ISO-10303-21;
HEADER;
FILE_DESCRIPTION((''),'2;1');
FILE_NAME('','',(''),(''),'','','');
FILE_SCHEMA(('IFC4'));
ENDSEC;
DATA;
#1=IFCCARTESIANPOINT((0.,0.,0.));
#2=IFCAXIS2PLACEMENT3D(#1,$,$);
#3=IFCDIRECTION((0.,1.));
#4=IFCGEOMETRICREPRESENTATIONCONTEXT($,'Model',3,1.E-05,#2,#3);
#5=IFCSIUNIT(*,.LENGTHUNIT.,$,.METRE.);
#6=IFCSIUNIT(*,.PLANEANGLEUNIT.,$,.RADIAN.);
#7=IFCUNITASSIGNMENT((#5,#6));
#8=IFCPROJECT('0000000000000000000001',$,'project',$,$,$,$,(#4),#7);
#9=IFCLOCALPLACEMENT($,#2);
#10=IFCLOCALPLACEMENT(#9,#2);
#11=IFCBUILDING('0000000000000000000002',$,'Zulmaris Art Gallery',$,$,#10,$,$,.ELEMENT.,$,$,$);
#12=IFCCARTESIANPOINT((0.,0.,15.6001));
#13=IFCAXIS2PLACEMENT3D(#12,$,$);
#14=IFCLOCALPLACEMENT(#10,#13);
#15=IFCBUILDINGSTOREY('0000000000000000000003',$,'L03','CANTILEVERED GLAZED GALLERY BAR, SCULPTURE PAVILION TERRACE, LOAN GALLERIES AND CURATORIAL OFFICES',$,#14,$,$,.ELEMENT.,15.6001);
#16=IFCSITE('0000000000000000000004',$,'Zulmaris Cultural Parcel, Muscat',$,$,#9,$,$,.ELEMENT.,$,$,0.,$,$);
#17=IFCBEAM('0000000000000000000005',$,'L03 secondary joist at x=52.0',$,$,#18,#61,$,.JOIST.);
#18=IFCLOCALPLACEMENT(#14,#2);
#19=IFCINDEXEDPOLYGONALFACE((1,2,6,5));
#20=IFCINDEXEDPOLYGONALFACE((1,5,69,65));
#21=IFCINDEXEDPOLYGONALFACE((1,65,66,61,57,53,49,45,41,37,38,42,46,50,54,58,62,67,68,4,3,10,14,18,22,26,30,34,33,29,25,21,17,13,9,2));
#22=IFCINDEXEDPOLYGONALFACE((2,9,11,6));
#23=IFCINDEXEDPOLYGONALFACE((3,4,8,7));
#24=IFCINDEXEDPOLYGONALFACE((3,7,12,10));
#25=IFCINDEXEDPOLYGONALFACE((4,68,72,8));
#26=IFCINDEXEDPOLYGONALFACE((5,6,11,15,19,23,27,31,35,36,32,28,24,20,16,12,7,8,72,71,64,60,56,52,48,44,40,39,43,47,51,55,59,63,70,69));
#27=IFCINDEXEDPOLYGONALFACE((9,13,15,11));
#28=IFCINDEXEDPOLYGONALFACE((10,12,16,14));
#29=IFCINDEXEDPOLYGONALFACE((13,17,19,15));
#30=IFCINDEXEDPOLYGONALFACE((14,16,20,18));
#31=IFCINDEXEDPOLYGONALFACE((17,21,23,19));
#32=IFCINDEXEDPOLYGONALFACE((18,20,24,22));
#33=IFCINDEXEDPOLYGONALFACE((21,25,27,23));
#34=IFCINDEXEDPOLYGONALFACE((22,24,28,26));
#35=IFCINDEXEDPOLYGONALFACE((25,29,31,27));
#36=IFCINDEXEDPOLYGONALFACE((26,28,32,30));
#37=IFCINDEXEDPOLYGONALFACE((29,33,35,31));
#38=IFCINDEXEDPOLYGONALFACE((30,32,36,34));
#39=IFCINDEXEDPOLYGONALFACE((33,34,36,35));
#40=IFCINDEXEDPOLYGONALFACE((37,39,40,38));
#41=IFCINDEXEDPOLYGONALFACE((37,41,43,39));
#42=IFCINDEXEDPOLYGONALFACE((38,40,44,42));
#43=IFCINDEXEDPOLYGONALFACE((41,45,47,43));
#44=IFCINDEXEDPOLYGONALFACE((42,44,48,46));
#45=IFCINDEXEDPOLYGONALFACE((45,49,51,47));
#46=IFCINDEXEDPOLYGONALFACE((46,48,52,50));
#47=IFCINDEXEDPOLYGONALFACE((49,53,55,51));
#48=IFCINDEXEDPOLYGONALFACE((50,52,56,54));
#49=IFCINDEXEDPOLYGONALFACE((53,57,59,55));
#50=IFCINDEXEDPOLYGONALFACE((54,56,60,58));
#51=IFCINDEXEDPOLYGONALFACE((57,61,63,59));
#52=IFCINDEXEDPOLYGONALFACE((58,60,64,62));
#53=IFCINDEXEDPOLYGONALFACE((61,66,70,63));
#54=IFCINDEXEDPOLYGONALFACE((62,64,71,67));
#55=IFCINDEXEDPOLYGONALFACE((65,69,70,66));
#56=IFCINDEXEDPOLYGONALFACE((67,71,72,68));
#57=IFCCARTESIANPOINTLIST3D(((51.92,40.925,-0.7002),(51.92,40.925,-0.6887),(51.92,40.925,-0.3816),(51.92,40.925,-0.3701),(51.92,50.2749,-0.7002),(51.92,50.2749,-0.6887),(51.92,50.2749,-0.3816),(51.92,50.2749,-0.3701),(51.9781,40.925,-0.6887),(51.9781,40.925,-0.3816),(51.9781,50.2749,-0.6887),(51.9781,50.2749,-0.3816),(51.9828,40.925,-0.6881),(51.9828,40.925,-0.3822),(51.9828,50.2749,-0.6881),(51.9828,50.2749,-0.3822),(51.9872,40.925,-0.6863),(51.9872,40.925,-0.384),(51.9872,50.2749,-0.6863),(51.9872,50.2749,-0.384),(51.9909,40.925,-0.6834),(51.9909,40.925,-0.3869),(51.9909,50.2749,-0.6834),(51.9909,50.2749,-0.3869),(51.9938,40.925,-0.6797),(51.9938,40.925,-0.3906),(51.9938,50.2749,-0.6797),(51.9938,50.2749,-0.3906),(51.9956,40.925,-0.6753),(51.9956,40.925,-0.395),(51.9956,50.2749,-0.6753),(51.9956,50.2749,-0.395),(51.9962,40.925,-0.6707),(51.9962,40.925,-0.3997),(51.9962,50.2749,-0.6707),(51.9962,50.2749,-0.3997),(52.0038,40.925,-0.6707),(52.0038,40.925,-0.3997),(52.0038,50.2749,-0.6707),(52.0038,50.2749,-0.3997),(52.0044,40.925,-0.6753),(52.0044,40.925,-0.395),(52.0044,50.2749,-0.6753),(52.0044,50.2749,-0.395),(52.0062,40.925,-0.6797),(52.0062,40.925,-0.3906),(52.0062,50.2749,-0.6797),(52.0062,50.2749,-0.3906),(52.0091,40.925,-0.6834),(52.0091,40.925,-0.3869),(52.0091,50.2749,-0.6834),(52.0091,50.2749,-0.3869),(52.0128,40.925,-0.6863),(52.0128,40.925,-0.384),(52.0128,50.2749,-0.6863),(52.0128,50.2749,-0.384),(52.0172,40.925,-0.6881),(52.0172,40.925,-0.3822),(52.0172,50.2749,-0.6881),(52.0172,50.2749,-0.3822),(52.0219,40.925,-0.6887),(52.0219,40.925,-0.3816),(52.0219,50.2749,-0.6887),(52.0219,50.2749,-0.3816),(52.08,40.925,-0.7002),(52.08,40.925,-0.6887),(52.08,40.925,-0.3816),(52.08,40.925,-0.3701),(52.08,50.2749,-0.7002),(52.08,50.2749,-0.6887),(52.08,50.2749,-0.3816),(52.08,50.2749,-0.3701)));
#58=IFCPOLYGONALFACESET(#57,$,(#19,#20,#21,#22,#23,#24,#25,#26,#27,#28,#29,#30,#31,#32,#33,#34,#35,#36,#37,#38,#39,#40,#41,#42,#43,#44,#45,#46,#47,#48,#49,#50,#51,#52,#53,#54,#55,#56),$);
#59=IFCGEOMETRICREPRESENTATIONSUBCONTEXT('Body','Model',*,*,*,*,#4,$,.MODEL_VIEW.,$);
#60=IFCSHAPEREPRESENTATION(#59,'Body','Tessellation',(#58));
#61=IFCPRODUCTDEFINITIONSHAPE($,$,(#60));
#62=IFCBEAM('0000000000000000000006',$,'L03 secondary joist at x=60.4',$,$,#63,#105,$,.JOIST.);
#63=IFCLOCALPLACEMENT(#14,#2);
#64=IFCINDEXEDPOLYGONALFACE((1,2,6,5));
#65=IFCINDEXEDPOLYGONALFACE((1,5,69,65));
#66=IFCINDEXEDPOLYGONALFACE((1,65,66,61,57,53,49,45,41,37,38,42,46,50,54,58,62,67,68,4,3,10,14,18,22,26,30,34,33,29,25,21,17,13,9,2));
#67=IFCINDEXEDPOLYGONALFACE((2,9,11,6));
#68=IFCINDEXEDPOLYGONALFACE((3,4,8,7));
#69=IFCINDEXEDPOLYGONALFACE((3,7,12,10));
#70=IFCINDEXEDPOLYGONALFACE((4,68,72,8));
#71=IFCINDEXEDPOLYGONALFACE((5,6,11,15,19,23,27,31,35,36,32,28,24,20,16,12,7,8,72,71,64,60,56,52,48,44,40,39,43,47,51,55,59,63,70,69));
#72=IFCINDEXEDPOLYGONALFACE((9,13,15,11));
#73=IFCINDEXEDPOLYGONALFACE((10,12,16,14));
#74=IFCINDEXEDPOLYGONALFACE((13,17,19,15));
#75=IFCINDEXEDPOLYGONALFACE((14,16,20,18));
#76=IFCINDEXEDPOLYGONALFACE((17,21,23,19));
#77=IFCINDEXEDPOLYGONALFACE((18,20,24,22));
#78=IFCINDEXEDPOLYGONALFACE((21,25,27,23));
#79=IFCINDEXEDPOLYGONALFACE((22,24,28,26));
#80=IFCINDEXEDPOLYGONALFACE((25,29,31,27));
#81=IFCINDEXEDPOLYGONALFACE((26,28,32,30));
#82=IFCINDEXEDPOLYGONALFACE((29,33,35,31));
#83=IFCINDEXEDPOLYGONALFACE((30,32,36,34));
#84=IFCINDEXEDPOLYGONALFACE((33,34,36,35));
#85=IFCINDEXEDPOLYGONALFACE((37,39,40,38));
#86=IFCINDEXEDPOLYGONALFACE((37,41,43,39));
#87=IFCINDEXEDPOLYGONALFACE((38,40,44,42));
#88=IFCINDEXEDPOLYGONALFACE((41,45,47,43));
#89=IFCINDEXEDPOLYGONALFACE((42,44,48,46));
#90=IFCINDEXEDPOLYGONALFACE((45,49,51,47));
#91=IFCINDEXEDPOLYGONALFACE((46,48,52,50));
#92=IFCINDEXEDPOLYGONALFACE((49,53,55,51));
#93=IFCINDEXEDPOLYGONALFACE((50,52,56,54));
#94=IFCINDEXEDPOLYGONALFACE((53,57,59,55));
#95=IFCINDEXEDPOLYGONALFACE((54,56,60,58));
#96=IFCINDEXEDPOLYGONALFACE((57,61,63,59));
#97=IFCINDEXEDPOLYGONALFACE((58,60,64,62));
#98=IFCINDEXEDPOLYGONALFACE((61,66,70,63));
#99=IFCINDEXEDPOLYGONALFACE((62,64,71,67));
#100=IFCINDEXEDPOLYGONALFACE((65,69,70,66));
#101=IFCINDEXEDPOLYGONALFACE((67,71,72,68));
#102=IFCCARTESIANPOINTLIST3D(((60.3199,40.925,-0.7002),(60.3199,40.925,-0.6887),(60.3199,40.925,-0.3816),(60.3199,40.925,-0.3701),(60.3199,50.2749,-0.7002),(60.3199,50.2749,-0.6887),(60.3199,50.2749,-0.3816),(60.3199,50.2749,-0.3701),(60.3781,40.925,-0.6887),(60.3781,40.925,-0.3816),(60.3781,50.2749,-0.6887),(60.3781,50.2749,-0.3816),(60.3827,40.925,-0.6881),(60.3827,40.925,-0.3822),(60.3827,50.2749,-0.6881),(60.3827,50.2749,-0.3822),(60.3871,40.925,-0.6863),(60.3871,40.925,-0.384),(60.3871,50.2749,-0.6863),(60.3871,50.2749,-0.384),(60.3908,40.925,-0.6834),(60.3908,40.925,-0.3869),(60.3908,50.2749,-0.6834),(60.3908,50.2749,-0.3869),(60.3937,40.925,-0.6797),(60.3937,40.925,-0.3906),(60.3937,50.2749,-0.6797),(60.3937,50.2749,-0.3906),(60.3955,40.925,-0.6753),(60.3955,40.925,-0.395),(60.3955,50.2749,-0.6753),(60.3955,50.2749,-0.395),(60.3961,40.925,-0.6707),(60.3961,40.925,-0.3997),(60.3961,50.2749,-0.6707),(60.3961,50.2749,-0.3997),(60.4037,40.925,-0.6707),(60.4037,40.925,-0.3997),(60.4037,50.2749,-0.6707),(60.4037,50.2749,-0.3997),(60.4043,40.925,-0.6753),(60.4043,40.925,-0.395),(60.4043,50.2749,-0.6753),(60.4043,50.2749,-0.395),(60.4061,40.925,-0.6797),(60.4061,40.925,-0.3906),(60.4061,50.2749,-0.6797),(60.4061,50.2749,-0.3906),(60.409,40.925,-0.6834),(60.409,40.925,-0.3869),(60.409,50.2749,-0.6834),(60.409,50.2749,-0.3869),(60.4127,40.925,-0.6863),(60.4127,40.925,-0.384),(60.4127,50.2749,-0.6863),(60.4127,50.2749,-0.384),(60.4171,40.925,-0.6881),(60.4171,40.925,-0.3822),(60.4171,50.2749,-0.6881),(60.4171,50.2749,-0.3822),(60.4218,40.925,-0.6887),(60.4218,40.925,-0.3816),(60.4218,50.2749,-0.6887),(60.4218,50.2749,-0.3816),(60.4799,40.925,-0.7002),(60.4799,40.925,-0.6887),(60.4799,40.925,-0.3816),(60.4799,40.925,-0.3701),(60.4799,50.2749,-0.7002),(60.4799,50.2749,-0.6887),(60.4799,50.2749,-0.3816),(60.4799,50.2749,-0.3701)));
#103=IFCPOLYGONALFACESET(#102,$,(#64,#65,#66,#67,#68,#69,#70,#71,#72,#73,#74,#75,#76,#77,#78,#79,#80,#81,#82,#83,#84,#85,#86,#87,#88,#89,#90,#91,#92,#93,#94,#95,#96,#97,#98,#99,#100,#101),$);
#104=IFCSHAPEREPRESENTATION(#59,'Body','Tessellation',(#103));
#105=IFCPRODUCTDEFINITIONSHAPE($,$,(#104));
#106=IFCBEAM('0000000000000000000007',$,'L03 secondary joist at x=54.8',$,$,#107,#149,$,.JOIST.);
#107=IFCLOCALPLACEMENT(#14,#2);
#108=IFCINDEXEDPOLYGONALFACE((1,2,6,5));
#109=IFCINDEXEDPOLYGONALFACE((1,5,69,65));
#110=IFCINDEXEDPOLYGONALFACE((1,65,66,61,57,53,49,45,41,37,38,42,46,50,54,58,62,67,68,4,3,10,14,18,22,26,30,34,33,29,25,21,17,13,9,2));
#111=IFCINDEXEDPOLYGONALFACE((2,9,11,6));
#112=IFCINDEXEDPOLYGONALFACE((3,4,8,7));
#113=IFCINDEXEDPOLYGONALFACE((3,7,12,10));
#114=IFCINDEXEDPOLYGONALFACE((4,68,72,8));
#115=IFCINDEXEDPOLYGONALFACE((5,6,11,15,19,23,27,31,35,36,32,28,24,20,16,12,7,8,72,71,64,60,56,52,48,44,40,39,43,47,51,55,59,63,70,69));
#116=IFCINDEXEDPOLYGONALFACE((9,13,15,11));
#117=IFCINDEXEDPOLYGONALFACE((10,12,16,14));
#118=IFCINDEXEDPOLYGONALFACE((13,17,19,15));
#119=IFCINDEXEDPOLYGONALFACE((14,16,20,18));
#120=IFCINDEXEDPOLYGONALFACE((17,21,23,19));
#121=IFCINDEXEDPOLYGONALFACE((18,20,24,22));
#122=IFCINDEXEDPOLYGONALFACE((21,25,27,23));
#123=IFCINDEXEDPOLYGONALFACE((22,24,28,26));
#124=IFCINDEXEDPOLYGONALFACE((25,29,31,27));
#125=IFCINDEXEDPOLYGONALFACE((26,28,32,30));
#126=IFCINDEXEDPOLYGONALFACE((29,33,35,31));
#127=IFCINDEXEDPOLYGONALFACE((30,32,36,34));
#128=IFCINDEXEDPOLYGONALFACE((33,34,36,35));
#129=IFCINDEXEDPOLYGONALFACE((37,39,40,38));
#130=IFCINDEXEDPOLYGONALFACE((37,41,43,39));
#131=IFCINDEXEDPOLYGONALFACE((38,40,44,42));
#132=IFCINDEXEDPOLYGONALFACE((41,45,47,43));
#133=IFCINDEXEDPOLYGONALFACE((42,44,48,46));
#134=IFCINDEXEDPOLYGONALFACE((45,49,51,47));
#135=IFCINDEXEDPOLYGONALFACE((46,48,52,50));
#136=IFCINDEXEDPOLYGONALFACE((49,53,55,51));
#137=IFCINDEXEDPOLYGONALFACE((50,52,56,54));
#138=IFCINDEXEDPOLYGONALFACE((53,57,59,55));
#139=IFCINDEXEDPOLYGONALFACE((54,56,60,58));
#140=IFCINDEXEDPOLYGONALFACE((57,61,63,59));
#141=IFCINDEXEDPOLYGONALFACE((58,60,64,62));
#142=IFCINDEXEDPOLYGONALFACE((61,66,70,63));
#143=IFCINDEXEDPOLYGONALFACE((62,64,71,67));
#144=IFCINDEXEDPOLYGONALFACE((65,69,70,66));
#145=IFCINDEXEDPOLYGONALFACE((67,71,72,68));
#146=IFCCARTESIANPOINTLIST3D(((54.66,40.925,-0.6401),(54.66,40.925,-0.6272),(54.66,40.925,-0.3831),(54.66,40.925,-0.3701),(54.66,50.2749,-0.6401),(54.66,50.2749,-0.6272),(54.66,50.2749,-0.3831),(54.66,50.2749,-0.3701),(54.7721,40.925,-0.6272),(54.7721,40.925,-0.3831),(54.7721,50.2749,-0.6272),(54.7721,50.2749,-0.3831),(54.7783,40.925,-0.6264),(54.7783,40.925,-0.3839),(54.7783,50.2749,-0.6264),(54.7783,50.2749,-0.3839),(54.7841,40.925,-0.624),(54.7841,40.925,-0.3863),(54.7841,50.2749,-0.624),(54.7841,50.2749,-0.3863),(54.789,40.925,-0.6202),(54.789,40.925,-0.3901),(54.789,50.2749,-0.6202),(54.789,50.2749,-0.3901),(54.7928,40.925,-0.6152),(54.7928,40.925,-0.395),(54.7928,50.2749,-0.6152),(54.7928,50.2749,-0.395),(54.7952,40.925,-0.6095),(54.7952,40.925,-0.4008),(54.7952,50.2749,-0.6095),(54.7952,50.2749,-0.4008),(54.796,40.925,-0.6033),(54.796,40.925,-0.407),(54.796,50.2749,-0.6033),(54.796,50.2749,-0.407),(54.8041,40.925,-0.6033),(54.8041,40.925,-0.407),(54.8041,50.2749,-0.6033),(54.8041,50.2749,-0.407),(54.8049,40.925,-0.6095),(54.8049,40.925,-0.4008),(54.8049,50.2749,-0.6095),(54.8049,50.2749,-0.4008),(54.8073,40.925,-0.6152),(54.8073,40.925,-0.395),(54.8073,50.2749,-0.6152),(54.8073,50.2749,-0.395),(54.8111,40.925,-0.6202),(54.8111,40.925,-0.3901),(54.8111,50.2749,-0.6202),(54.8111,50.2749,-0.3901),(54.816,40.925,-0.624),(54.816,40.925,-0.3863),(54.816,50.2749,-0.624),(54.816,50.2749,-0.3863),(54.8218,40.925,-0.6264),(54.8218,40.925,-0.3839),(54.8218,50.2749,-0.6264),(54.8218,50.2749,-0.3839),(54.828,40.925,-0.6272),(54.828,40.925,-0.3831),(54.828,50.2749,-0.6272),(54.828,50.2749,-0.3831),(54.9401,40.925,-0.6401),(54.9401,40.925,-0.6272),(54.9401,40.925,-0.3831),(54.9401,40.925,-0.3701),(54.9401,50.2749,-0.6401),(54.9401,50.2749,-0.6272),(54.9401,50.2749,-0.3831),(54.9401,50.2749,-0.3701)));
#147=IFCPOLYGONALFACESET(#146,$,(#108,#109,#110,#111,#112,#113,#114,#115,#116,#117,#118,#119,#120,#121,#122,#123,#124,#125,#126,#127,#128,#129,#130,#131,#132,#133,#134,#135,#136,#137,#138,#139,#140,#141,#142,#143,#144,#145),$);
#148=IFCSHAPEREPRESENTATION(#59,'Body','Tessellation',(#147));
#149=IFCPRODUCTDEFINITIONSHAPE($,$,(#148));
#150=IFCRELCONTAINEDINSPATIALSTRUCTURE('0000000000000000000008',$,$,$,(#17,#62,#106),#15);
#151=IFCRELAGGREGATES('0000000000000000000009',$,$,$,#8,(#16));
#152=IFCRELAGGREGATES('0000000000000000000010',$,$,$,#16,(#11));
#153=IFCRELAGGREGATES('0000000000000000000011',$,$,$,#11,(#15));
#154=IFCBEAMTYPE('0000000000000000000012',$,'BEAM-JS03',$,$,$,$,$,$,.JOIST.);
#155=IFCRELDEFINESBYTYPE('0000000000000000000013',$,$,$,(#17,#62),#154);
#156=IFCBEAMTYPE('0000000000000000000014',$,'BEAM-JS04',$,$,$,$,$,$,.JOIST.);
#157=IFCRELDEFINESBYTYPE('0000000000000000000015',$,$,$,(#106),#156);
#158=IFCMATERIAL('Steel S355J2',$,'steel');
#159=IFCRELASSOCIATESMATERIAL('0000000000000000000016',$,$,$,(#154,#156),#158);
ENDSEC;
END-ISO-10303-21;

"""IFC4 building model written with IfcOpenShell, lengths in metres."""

from ifc_helpers import new_model, si_unit, direction, frame, origin, origin_2d, place, context, subcontext, project, spatial, i_section, extrude, material, material_profile, profile_set, type_object, element, save


model = new_model("IFC4")

# Units and contexts
model_context = context("Model", 3, precision=1e-05, world=origin(), true_north=direction((0.0, 1.0)))
body_context = subcontext(model_context, "Body", "Model", "MODEL_VIEW")
ifc_project = project(units=[si_unit("LENGTHUNIT", "METRE"), si_unit("PLANEANGLEUNIT", "RADIAN")], contexts=[model_context])

# Site, building, storey
site_placement = place(None, origin())
site = spatial("IfcSite", under=ifc_project, at=site_placement, Name="Zulmaris Cultural Parcel, Muscat", CompositionType="ELEMENT", RefElevation=0.0)
building_placement = place(site_placement, origin())
building = spatial("IfcBuilding", under=site, at=building_placement, Name="Zulmaris Art Gallery", CompositionType="ELEMENT")
storey_placement = place(building_placement, frame((0.0, 0.0, 15.6001)))
storey = spatial("IfcBuildingStorey", under=building, at=storey_placement, Name="L03", Description="CANTILEVERED GLAZED GALLERY BAR, SCULPTURE PAVILION TERRACE, LOAN GALLERIES AND CURATORIAL OFFICES", CompositionType="ELEMENT", Elevation=15.6001)

# Beams
ifc_material_1 = material(Name="Steel S355J2", Category="steel")
ifc_material_profile_1 = material_profile(ifc_material_1, i_section(OverallWidth=0.1599, OverallDepth=0.3301, WebThickness=0.0076, FlangeThickness=0.0115, FilletRadius=0.0181, at=origin_2d()), Name="IPE 330")
ifc_profile_set_1 = profile_set([ifc_material_profile_1], Name="Steel S355J2")
beam_type_1 = type_object("IfcBeamType", Name="BEAM-JS03", PredefinedType="JOIST", material=ifc_profile_set_1)
for number, where, z_axis, x_axis, name in (
    (1, (52.0, 40.925, -0.5352), (0.0, 1.0, 0.0), (-1.0, 0.0, 0.0), "L03 secondary joist at x=52.0"),
    (2, (60.3999, 40.925, -0.5352), (0.0, 1.0, 0.0), (-1.0, 0.0, 0.0), "L03 secondary joist at x=60.4"),
):
    element("IfcBeam", number, at=place(storey_placement, frame(where, z_axis=z_axis, x_axis=x_axis)), inside=storey, type_object=beam_type_1, Name=name, PredefinedType="JOIST", context=body_context, shape_type="SweptSolid", body=[
        extrude(i_section(OverallWidth=0.1599, OverallDepth=0.3301, WebThickness=0.0076, FlangeThickness=0.0115, FilletRadius=0.0181, at=origin_2d()), origin(), (0.0, 0.0, 1.0), 9.3499),
    ])
ifc_material_profile_2 = material_profile(ifc_material_1, i_section(OverallWidth=0.28, OverallDepth=0.27, WebThickness=0.0081, FlangeThickness=0.0129, FilletRadius=0.0239, at=origin_2d()), Name="HEA 280")
ifc_profile_set_2 = profile_set([ifc_material_profile_2], Name="Steel S355J2")
beam_type_2 = type_object("IfcBeamType", Name="BEAM-JS04", PredefinedType="JOIST", material=ifc_profile_set_2)
beam_1_placement = place(storey_placement, frame((54.8, 40.925, -0.5051), z_axis=(0.0, 1.0, 0.0), x_axis=(-1.0, 0.0, 0.0)))
element("IfcBeam", 3, at=beam_1_placement, inside=storey, type_object=beam_type_2, Name="L03 secondary joist at x=54.8", PredefinedType="JOIST", context=body_context, shape_type="SweptSolid", body=[
    extrude(i_section(OverallWidth=0.28, OverallDepth=0.27, WebThickness=0.0081, FlangeThickness=0.0129, FilletRadius=0.0239, at=origin_2d()), origin(), (0.0, 0.0, 1.0), 9.3499),
])

save(model, "model.ifc")
